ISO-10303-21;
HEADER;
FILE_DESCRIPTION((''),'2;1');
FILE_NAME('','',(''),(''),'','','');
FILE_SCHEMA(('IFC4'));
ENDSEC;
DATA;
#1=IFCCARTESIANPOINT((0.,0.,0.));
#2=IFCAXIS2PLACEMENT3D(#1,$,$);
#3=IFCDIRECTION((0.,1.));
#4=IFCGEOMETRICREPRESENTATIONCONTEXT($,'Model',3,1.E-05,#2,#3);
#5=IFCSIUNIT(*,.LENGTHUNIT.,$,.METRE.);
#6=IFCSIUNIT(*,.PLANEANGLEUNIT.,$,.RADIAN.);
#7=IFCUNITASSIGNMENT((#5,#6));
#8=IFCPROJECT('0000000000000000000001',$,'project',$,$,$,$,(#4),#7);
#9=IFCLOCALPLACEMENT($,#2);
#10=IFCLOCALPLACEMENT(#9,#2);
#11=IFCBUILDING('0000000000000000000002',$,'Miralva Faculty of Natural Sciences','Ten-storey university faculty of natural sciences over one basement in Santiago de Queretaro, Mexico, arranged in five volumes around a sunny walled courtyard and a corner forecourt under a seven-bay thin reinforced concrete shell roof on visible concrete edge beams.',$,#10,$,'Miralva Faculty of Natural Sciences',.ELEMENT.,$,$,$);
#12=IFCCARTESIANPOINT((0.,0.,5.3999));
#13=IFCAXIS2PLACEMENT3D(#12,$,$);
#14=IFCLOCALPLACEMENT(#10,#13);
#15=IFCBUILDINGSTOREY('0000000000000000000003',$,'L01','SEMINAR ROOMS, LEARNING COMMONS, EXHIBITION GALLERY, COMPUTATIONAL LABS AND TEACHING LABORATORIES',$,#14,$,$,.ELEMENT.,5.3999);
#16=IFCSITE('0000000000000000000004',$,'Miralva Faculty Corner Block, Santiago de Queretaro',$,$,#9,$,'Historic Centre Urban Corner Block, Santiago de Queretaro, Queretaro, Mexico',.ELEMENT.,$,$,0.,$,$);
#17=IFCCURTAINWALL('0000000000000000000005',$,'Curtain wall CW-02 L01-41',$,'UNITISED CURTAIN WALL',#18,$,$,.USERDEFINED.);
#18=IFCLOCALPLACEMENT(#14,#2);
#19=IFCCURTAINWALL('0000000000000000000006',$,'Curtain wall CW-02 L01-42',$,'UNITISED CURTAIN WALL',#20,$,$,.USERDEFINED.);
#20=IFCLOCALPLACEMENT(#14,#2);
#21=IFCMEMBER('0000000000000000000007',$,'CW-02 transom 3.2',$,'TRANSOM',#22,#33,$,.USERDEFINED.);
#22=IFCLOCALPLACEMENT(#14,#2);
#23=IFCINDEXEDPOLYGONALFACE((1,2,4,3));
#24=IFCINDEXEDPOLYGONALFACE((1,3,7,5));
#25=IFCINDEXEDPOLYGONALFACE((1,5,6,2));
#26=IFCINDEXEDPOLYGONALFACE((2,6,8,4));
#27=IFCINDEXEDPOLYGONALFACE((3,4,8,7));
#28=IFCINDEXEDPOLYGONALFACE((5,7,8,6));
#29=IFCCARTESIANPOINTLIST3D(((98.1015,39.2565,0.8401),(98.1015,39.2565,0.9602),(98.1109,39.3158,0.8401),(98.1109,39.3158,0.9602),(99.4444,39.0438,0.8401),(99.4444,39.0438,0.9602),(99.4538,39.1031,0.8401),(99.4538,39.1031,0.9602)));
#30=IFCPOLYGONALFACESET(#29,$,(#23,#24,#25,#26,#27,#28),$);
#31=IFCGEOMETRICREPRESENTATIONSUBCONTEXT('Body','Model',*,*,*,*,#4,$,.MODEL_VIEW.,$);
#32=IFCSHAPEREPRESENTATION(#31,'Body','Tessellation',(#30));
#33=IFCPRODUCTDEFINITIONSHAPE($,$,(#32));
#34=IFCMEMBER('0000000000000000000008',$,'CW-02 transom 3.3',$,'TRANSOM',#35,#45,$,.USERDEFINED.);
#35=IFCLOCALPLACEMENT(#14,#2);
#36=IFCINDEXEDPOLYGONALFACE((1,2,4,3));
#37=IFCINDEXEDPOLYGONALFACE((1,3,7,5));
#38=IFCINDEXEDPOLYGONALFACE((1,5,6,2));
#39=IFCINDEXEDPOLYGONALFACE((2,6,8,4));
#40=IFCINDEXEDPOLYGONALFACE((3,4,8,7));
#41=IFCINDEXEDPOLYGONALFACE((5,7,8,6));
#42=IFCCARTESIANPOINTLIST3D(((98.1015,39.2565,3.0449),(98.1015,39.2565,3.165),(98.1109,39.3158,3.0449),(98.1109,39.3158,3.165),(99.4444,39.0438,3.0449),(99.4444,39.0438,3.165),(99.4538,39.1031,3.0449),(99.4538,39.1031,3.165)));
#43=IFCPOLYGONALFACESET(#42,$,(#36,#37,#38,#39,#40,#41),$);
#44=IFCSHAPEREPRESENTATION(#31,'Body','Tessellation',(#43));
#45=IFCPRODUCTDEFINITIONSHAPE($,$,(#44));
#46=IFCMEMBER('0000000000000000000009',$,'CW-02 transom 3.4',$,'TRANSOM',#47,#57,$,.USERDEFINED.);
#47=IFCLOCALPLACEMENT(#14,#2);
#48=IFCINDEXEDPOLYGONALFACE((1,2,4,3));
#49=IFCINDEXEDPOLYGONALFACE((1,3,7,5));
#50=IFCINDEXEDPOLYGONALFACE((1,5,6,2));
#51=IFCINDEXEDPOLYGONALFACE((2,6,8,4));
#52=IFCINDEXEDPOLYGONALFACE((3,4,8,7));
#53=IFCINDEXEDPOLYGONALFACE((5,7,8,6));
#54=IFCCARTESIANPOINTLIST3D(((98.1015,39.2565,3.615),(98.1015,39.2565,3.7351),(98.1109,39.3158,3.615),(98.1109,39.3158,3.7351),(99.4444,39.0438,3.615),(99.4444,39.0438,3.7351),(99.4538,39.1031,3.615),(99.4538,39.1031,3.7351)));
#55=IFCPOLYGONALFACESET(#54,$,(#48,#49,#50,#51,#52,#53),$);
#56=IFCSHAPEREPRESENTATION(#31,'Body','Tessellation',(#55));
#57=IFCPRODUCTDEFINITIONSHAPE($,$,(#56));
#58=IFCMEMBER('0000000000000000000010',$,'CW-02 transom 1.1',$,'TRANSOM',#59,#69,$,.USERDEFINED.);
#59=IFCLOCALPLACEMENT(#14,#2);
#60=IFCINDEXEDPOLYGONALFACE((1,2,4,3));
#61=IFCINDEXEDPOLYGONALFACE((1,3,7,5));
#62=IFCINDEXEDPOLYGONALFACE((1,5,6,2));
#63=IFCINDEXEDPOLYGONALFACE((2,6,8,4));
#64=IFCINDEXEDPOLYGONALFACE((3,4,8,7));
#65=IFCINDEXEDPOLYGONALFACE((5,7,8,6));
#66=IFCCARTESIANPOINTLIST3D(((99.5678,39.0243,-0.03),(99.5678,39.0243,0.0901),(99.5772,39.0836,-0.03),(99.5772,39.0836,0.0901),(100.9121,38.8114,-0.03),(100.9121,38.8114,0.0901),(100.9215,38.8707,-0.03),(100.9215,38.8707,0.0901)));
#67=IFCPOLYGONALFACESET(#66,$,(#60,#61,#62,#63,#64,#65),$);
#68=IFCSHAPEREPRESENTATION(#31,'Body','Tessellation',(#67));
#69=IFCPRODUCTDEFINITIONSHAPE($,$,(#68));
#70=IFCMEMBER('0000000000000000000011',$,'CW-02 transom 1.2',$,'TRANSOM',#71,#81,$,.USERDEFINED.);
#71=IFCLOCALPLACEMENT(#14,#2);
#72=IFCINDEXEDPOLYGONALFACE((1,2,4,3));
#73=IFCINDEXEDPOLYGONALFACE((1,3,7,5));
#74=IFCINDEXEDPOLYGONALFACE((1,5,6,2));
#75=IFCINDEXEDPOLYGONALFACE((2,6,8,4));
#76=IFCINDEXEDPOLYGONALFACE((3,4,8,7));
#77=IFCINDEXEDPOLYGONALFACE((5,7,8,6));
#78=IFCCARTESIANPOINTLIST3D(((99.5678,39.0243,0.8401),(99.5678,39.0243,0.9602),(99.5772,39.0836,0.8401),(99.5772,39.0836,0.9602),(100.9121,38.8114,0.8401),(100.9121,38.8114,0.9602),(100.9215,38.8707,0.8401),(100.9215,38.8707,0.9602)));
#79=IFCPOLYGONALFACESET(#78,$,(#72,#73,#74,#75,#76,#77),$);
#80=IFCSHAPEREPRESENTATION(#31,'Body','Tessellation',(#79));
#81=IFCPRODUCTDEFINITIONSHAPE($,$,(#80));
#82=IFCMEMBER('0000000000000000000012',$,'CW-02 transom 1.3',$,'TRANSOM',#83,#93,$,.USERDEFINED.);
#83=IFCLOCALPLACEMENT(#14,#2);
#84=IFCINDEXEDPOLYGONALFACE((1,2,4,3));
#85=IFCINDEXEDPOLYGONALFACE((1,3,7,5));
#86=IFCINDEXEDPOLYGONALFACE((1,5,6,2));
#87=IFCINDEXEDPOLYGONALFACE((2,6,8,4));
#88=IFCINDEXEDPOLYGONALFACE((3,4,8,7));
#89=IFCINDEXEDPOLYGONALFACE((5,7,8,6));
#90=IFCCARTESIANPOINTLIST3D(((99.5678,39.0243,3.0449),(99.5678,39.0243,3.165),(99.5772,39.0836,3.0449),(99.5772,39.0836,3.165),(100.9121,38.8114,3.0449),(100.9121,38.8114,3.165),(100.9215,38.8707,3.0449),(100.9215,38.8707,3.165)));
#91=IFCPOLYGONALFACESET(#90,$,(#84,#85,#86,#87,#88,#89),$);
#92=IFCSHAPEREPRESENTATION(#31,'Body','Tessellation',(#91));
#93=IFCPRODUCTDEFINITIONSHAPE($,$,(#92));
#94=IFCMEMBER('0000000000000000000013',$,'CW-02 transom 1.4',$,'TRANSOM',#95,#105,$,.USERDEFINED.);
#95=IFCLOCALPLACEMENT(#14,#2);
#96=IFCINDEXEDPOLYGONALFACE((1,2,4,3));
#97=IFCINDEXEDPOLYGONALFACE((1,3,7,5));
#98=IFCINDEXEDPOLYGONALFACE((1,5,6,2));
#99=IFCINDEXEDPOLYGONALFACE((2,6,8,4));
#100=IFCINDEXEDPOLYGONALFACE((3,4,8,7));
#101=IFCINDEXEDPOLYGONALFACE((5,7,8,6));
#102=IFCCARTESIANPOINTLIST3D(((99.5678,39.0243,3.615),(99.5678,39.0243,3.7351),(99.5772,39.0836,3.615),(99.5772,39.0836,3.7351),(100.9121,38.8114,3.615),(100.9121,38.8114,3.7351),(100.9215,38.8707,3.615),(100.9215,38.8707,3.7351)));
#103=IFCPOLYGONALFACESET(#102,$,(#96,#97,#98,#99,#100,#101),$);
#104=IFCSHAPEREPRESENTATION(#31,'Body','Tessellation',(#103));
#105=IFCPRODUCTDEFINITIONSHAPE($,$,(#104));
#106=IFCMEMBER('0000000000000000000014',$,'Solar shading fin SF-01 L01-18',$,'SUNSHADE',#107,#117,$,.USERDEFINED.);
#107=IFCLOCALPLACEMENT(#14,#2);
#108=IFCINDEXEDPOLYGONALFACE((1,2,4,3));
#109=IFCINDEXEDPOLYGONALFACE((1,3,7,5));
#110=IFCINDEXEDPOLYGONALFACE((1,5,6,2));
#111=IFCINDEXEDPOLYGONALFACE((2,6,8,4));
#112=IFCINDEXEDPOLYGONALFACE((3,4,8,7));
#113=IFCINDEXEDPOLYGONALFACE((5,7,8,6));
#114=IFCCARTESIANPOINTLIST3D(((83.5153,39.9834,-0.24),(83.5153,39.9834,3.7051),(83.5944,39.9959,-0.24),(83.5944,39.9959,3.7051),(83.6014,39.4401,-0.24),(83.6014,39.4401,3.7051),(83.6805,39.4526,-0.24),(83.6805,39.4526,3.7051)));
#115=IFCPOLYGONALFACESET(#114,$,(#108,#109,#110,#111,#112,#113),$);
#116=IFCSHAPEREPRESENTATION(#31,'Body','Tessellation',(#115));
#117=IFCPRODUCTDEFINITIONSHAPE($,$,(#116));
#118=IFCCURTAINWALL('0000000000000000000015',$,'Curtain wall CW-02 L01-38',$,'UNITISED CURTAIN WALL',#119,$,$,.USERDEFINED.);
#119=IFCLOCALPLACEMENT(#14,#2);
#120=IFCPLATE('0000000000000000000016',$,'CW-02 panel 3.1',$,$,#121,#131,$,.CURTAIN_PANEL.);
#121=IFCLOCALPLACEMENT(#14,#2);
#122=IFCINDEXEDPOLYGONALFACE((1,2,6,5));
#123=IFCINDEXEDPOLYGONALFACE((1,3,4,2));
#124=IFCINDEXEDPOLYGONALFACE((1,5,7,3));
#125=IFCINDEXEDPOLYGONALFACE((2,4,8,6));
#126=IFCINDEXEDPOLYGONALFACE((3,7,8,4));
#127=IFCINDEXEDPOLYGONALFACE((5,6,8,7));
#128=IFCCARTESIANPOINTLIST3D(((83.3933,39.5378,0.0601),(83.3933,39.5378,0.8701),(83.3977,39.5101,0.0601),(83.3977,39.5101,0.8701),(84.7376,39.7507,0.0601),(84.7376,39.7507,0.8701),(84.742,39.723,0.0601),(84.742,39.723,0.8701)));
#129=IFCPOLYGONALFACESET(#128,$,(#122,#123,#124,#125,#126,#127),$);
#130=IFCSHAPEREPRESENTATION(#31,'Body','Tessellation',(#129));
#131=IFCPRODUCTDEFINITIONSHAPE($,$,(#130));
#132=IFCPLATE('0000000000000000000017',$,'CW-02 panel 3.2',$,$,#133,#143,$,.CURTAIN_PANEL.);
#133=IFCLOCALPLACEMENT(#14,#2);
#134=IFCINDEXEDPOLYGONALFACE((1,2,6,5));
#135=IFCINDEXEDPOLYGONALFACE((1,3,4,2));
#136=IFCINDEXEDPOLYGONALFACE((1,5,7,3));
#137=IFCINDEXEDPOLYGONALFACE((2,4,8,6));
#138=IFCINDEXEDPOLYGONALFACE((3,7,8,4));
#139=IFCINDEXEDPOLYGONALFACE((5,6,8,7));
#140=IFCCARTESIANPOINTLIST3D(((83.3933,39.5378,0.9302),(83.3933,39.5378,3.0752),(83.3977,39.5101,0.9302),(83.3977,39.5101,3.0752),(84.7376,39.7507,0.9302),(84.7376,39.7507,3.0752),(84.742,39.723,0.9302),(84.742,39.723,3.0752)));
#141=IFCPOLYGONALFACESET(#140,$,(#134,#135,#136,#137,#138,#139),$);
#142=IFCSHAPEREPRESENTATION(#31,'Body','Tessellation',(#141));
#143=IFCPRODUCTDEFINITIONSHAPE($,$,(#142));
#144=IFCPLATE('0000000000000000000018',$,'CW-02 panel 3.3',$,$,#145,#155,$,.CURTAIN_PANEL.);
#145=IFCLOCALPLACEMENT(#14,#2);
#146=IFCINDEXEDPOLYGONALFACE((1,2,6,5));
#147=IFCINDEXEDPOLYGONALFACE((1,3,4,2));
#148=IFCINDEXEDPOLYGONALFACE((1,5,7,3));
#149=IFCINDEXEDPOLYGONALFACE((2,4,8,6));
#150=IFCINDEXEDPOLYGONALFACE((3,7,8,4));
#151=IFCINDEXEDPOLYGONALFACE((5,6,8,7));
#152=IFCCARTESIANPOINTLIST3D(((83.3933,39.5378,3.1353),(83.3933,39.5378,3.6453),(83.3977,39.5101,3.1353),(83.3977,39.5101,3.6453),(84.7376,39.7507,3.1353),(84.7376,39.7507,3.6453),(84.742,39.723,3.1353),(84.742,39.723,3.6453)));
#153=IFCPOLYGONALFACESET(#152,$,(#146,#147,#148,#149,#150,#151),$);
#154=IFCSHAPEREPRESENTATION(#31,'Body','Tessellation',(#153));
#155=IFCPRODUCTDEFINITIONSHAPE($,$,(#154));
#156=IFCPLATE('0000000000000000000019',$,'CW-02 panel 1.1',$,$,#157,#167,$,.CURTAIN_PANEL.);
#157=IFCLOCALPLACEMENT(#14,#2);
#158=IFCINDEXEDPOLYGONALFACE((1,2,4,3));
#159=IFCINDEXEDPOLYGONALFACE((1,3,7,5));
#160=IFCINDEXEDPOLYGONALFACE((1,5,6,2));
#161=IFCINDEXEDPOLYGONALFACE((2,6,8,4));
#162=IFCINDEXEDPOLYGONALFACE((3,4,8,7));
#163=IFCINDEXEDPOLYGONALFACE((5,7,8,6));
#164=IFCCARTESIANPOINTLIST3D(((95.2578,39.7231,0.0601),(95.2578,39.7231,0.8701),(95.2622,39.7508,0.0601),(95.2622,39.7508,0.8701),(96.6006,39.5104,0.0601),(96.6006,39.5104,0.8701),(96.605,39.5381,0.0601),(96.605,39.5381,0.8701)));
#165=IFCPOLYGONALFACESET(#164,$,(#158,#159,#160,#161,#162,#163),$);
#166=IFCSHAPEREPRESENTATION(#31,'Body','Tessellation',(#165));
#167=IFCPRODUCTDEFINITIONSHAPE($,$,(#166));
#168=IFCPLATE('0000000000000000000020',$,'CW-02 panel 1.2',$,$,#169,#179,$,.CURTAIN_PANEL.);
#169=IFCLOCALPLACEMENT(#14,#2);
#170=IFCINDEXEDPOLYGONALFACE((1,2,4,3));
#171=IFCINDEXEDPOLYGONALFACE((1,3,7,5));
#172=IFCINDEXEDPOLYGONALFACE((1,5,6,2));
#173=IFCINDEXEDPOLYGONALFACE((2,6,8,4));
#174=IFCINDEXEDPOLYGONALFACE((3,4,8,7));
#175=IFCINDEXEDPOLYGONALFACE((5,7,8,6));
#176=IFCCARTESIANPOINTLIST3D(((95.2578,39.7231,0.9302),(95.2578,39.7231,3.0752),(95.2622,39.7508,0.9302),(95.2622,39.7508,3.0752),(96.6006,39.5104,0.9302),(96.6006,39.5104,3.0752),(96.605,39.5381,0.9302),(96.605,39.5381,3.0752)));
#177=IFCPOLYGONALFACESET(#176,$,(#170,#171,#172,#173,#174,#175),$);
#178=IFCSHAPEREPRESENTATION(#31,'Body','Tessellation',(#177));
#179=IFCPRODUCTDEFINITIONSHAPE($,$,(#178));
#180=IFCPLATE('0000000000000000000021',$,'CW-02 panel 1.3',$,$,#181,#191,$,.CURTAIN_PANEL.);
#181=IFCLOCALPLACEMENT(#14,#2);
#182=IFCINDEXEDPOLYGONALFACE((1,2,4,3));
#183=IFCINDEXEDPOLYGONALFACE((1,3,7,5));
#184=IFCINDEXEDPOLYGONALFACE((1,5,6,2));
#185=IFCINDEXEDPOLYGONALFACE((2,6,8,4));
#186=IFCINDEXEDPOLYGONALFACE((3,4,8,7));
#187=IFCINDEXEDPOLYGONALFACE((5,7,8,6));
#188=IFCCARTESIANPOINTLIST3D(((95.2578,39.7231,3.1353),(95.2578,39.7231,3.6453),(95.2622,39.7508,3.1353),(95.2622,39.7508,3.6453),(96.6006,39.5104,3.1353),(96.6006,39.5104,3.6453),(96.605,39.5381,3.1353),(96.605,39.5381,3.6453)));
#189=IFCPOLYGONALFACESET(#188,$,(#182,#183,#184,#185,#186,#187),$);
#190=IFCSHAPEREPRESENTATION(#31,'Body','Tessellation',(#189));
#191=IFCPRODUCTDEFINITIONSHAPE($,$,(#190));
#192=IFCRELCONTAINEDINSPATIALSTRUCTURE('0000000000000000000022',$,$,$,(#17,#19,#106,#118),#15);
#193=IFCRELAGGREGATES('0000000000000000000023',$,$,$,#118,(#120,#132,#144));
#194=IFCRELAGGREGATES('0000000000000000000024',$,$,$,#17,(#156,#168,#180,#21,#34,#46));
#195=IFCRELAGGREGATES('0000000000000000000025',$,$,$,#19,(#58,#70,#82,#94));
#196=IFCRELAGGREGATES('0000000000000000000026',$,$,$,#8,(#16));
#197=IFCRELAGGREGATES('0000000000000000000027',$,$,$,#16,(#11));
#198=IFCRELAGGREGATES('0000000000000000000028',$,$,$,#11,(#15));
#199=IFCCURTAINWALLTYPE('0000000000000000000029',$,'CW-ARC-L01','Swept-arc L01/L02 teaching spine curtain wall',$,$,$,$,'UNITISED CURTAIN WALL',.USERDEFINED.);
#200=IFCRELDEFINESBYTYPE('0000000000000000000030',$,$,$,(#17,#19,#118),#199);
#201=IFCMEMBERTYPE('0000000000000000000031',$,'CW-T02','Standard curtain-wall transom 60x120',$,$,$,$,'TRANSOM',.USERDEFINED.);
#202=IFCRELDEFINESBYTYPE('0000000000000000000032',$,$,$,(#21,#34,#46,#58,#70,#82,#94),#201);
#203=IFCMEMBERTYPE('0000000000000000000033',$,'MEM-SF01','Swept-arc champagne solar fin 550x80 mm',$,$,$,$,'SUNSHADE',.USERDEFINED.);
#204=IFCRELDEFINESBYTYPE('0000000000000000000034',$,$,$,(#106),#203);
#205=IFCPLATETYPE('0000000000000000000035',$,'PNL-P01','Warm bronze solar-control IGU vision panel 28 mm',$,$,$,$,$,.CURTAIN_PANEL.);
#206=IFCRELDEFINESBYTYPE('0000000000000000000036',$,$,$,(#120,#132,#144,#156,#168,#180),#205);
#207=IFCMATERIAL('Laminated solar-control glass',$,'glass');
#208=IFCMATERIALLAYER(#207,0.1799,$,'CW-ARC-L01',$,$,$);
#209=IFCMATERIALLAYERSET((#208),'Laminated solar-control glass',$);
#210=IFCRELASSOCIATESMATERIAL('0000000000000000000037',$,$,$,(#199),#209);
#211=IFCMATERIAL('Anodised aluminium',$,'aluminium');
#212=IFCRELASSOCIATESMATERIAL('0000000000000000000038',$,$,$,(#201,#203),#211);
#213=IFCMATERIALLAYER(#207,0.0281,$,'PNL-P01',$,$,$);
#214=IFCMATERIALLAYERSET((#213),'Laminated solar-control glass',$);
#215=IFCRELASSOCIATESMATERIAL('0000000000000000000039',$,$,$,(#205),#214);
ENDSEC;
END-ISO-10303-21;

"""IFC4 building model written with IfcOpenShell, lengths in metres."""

from ifc_helpers import new_model, si_unit, direction, frame, origin, origin_2d, place, context, subcontext, project, spatial, rectangle, extrude, material, layer, layer_set, material_profile, profile_set, type_object, element, aggregate, save


model = new_model("IFC4")

# Units and contexts
model_context = context("Model", 3, precision=1e-05, world=origin(), true_north=direction((0.0, 1.0)))
body_context = subcontext(model_context, "Body", "Model", "MODEL_VIEW")
ifc_project = project(units=[si_unit("LENGTHUNIT", "METRE"), si_unit("PLANEANGLEUNIT", "RADIAN")], contexts=[model_context])

# Site, building, storey
site_placement = place(None, origin())
site = spatial("IfcSite", under=ifc_project, at=site_placement, Name="Miralva Faculty Corner Block, Santiago de Queretaro", LongName="Historic Centre Urban Corner Block, Santiago de Queretaro, Queretaro, Mexico", CompositionType="ELEMENT", RefElevation=0.0)
building_placement = place(site_placement, origin())
building = spatial("IfcBuilding", under=site, at=building_placement, Name="Miralva Faculty of Natural Sciences", Description="Ten-storey university faculty of natural sciences over one basement in Santiago de Queretaro, Mexico, arranged in five volumes around a sunny walled courtyard and a corner forecourt under a seven-bay thin reinforced concrete shell roof on visible concrete edge beams.", LongName="Miralva Faculty of Natural Sciences", CompositionType="ELEMENT")
storey_placement = place(building_placement, frame((0.0, 0.0, 5.3999)))
storey = spatial("IfcBuildingStorey", under=building, at=storey_placement, Name="L01", Description="SEMINAR ROOMS, LEARNING COMMONS, EXHIBITION GALLERY, COMPUTATIONAL LABS AND TEACHING LABORATORIES", CompositionType="ELEMENT", Elevation=5.3999)

# Curtain walls
ifc_material_1 = material(Name="Laminated solar-control glass", Category="glass")
ifc_layer_1 = layer(ifc_material_1, 0.1799, Name="CW-ARC-L01")
ifc_layer_set_1 = layer_set([ifc_layer_1], Name="Laminated solar-control glass")
curtain_wall_type = type_object("IfcCurtainWallType", Name="CW-ARC-L01", Description="Swept-arc L01/L02 teaching spine curtain wall", ElementType="UNITISED CURTAIN WALL", PredefinedType="USERDEFINED", material=ifc_layer_set_1)
curtain_wall_1_placement = place(storey_placement, origin())
curtain_wall_1 = element("IfcCurtainWall", 1, at=curtain_wall_1_placement, inside=storey, type_object=curtain_wall_type, Name="Curtain wall CW-02 L01-41", ObjectType="UNITISED CURTAIN WALL", PredefinedType="USERDEFINED")
ifc_material_2 = material(Name="Anodised aluminium", Category="aluminium")
curtain_wall_2_placement = place(storey_placement, origin())
curtain_wall_2 = element("IfcCurtainWall", 2, at=curtain_wall_2_placement, inside=storey, type_object=curtain_wall_type, Name="Curtain wall CW-02 L01-42", ObjectType="UNITISED CURTAIN WALL", PredefinedType="USERDEFINED")

# Members
ifc_material_profile_1 = material_profile(ifc_material_2, rectangle(XDim=0.0601, YDim=0.1201, at=origin_2d()), Name="TRANSOM 60x120")
ifc_profile_set_1 = profile_set([ifc_material_profile_1], Name="Anodised aluminium")
member_type_1 = type_object("IfcMemberType", Name="CW-T02", Description="Standard curtain-wall transom 60x120", ElementType="TRANSOM", PredefinedType="USERDEFINED", material=ifc_profile_set_1)
member_1_placement = place(storey_placement, frame((98.1062, 39.2861, 0.9001), z_axis=(0.987692, -0.156414, 0.0), x_axis=(0.156414, 0.987692, 0.0)))
member_1 = element("IfcMember", 3, at=member_1_placement, type_object=member_type_1, Name="CW-02 transom 3.2", ObjectType="TRANSOM", PredefinedType="USERDEFINED", context=body_context, shape_type="SweptSolid", body=[
    extrude(rectangle(XDim=0.0601, YDim=0.1201, at=origin_2d()), origin(), (0.0, 0.0, 1.0), 1.3596),
])
member_2_placement = place(storey_placement, frame((98.1062, 39.2861, 3.105), z_axis=(0.987692, -0.156414, 0.0), x_axis=(0.156414, 0.987692, 0.0)))
member_2 = element("IfcMember", 4, at=member_2_placement, type_object=member_type_1, Name="CW-02 transom 3.3", ObjectType="TRANSOM", PredefinedType="USERDEFINED", context=body_context, shape_type="SweptSolid", body=[
    extrude(rectangle(XDim=0.0601, YDim=0.1201, at=origin_2d()), origin(), (0.0, 0.0, 1.0), 1.3596),
])
member_3_placement = place(storey_placement, frame((98.1062, 39.2861, 3.675), z_axis=(0.987692, -0.156414, 0.0), x_axis=(0.156414, 0.987692, 0.0)))
member_3 = element("IfcMember", 5, at=member_3_placement, type_object=member_type_1, Name="CW-02 transom 3.4", ObjectType="TRANSOM", PredefinedType="USERDEFINED", context=body_context, shape_type="SweptSolid", body=[
    extrude(rectangle(XDim=0.0601, YDim=0.1201, at=origin_2d()), origin(), (0.0, 0.0, 1.0), 1.3596),
])
member_4_placement = place(storey_placement, frame((99.5725, 39.054, 0.03), z_axis=(0.98769, -0.156423, 0.0), x_axis=(0.156423, 0.98769, 0.0)))
member_4 = element("IfcMember", 6, at=member_4_placement, type_object=member_type_1, Name="CW-02 transom 1.1", ObjectType="TRANSOM", PredefinedType="USERDEFINED", context=body_context, shape_type="SweptSolid", body=[
    extrude(rectangle(XDim=0.0601, YDim=0.1201, at=origin_2d()), origin(), (0.0, 0.0, 1.0), 1.3611),
])
member_5_placement = place(storey_placement, frame((99.5725, 39.054, 0.9001), z_axis=(0.98769, -0.156423, 0.0), x_axis=(0.156423, 0.98769, 0.0)))
member_5 = element("IfcMember", 7, at=member_5_placement, type_object=member_type_1, Name="CW-02 transom 1.2", ObjectType="TRANSOM", PredefinedType="USERDEFINED", context=body_context, shape_type="SweptSolid", body=[
    extrude(rectangle(XDim=0.0601, YDim=0.1201, at=origin_2d()), origin(), (0.0, 0.0, 1.0), 1.3611),
])
member_6_placement = place(storey_placement, frame((99.5725, 39.054, 3.105), z_axis=(0.98769, -0.156423, 0.0), x_axis=(0.156423, 0.98769, 0.0)))
member_6 = element("IfcMember", 8, at=member_6_placement, type_object=member_type_1, Name="CW-02 transom 1.3", ObjectType="TRANSOM", PredefinedType="USERDEFINED", context=body_context, shape_type="SweptSolid", body=[
    extrude(rectangle(XDim=0.0601, YDim=0.1201, at=origin_2d()), origin(), (0.0, 0.0, 1.0), 1.3611),
])
member_7_placement = place(storey_placement, frame((99.5725, 39.054, 3.675), z_axis=(0.98769, -0.156423, 0.0), x_axis=(0.156423, 0.98769, 0.0)))
member_7 = element("IfcMember", 9, at=member_7_placement, type_object=member_type_1, Name="CW-02 transom 1.4", ObjectType="TRANSOM", PredefinedType="USERDEFINED", context=body_context, shape_type="SweptSolid", body=[
    extrude(rectangle(XDim=0.0601, YDim=0.1201, at=origin_2d()), origin(), (0.0, 0.0, 1.0), 1.3611),
])
ifc_material_profile_2 = material_profile(ifc_material_2, rectangle(XDim=0.0801, YDim=0.55, at=origin_2d()), Name="FIN 550x80")
ifc_profile_set_2 = profile_set([ifc_material_profile_2], Name="Anodised aluminium")
member_type_2 = type_object("IfcMemberType", Name="MEM-SF01", Description="Swept-arc champagne solar fin 550x80 mm", ElementType="SUNSHADE", PredefinedType="USERDEFINED", material=ifc_profile_set_2)
member_8_placement = place(storey_placement, frame((83.5979, 39.718, -0.24), z_axis=(0.0, 0.0, 1.0), x_axis=(-0.987688, -0.156434, 0.0)))
element("IfcMember", 10, at=member_8_placement, inside=storey, type_object=member_type_2, Name="Solar shading fin SF-01 L01-18", ObjectType="SUNSHADE", PredefinedType="USERDEFINED", context=body_context, shape_type="SweptSolid", body=[
    extrude(rectangle(XDim=0.0801, YDim=0.55, at=origin_2d()), origin(), (0.0, 0.0, 1.0), 3.9451),
])

# Curtain wall, plates
curtain_wall_3_placement = place(storey_placement, origin())
curtain_wall_3 = element("IfcCurtainWall", 11, at=curtain_wall_3_placement, inside=storey, type_object=curtain_wall_type, Name="Curtain wall CW-02 L01-38", ObjectType="UNITISED CURTAIN WALL", PredefinedType="USERDEFINED")
ifc_layer_2 = layer(ifc_material_1, 0.0281, Name="PNL-P01")
ifc_layer_set_2 = layer_set([ifc_layer_2], Name="Laminated solar-control glass")
plate_type = type_object("IfcPlateType", Name="PNL-P01", Description="Warm bronze solar-control IGU vision panel 28 mm", PredefinedType="CURTAIN_PANEL", material=ifc_layer_set_2)
plate_1_placement = place(storey_placement, frame((84.0676, 39.6304, 0.0601), z_axis=(0.0, 0.0, 1.0), x_axis=(0.98769, 0.156423, 0.0)))
plate_1 = element("IfcPlate", 12, at=plate_1_placement, type_object=plate_type, Name="CW-02 panel 3.1", PredefinedType="CURTAIN_PANEL", context=body_context, shape_type="SweptSolid", body=[
    extrude(rectangle(XDim=1.3611, YDim=0.0281, at=origin_2d()), origin(), (0.0, 0.0, 1.0), 0.8101),
])
plate_2_placement = place(storey_placement, frame((84.0676, 39.6304, 0.9302), z_axis=(0.0, 0.0, 1.0), x_axis=(0.98769, 0.156423, 0.0)))
plate_2 = element("IfcPlate", 13, at=plate_2_placement, type_object=plate_type, Name="CW-02 panel 3.2", PredefinedType="CURTAIN_PANEL", context=body_context, shape_type="SweptSolid", body=[
    extrude(rectangle(XDim=1.3611, YDim=0.0281, at=origin_2d()), origin(), (0.0, 0.0, 1.0), 2.145),
])
plate_3_placement = place(storey_placement, frame((84.0676, 39.6304, 3.1353), z_axis=(0.0, 0.0, 1.0), x_axis=(0.98769, 0.156423, 0.0)))
plate_3 = element("IfcPlate", 14, at=plate_3_placement, type_object=plate_type, Name="CW-02 panel 3.3", PredefinedType="CURTAIN_PANEL", context=body_context, shape_type="SweptSolid", body=[
    extrude(rectangle(XDim=1.3611, YDim=0.0281, at=origin_2d()), origin(), (0.0, 0.0, 1.0), 0.51),
])
aggregate(curtain_wall_3, [plate_1, plate_2, plate_3])

# Plates
plate_4_placement = place(storey_placement, frame((95.9314, 39.6306, 0.0601), z_axis=(0.0, 0.0, 1.0), x_axis=(0.987691, -0.156417, 0.0)))
plate_4 = element("IfcPlate", 15, at=plate_4_placement, type_object=plate_type, Name="CW-02 panel 1.1", PredefinedType="CURTAIN_PANEL", context=body_context, shape_type="SweptSolid", body=[
    extrude(rectangle(XDim=1.3596, YDim=0.0281, at=origin_2d()), origin(), (0.0, 0.0, 1.0), 0.8101),
])
plate_5_placement = place(storey_placement, frame((95.9314, 39.6306, 0.9302), z_axis=(0.0, 0.0, 1.0), x_axis=(0.987691, -0.156417, 0.0)))
plate_5 = element("IfcPlate", 16, at=plate_5_placement, type_object=plate_type, Name="CW-02 panel 1.2", PredefinedType="CURTAIN_PANEL", context=body_context, shape_type="SweptSolid", body=[
    extrude(rectangle(XDim=1.3596, YDim=0.0281, at=origin_2d()), origin(), (0.0, 0.0, 1.0), 2.145),
])
plate_6_placement = place(storey_placement, frame((95.9314, 39.6306, 3.1353), z_axis=(0.0, 0.0, 1.0), x_axis=(0.987691, -0.156417, 0.0)))
plate_6 = element("IfcPlate", 17, at=plate_6_placement, type_object=plate_type, Name="CW-02 panel 1.3", PredefinedType="CURTAIN_PANEL", context=body_context, shape_type="SweptSolid", body=[
    extrude(rectangle(XDim=1.3596, YDim=0.0281, at=origin_2d()), origin(), (0.0, 0.0, 1.0), 0.51),
])
aggregate(curtain_wall_1, [plate_4, plate_5, plate_6, member_1, member_2, member_3])
aggregate(curtain_wall_2, [member_4, member_5, member_6, member_7])

save(model, "model.ifc")
